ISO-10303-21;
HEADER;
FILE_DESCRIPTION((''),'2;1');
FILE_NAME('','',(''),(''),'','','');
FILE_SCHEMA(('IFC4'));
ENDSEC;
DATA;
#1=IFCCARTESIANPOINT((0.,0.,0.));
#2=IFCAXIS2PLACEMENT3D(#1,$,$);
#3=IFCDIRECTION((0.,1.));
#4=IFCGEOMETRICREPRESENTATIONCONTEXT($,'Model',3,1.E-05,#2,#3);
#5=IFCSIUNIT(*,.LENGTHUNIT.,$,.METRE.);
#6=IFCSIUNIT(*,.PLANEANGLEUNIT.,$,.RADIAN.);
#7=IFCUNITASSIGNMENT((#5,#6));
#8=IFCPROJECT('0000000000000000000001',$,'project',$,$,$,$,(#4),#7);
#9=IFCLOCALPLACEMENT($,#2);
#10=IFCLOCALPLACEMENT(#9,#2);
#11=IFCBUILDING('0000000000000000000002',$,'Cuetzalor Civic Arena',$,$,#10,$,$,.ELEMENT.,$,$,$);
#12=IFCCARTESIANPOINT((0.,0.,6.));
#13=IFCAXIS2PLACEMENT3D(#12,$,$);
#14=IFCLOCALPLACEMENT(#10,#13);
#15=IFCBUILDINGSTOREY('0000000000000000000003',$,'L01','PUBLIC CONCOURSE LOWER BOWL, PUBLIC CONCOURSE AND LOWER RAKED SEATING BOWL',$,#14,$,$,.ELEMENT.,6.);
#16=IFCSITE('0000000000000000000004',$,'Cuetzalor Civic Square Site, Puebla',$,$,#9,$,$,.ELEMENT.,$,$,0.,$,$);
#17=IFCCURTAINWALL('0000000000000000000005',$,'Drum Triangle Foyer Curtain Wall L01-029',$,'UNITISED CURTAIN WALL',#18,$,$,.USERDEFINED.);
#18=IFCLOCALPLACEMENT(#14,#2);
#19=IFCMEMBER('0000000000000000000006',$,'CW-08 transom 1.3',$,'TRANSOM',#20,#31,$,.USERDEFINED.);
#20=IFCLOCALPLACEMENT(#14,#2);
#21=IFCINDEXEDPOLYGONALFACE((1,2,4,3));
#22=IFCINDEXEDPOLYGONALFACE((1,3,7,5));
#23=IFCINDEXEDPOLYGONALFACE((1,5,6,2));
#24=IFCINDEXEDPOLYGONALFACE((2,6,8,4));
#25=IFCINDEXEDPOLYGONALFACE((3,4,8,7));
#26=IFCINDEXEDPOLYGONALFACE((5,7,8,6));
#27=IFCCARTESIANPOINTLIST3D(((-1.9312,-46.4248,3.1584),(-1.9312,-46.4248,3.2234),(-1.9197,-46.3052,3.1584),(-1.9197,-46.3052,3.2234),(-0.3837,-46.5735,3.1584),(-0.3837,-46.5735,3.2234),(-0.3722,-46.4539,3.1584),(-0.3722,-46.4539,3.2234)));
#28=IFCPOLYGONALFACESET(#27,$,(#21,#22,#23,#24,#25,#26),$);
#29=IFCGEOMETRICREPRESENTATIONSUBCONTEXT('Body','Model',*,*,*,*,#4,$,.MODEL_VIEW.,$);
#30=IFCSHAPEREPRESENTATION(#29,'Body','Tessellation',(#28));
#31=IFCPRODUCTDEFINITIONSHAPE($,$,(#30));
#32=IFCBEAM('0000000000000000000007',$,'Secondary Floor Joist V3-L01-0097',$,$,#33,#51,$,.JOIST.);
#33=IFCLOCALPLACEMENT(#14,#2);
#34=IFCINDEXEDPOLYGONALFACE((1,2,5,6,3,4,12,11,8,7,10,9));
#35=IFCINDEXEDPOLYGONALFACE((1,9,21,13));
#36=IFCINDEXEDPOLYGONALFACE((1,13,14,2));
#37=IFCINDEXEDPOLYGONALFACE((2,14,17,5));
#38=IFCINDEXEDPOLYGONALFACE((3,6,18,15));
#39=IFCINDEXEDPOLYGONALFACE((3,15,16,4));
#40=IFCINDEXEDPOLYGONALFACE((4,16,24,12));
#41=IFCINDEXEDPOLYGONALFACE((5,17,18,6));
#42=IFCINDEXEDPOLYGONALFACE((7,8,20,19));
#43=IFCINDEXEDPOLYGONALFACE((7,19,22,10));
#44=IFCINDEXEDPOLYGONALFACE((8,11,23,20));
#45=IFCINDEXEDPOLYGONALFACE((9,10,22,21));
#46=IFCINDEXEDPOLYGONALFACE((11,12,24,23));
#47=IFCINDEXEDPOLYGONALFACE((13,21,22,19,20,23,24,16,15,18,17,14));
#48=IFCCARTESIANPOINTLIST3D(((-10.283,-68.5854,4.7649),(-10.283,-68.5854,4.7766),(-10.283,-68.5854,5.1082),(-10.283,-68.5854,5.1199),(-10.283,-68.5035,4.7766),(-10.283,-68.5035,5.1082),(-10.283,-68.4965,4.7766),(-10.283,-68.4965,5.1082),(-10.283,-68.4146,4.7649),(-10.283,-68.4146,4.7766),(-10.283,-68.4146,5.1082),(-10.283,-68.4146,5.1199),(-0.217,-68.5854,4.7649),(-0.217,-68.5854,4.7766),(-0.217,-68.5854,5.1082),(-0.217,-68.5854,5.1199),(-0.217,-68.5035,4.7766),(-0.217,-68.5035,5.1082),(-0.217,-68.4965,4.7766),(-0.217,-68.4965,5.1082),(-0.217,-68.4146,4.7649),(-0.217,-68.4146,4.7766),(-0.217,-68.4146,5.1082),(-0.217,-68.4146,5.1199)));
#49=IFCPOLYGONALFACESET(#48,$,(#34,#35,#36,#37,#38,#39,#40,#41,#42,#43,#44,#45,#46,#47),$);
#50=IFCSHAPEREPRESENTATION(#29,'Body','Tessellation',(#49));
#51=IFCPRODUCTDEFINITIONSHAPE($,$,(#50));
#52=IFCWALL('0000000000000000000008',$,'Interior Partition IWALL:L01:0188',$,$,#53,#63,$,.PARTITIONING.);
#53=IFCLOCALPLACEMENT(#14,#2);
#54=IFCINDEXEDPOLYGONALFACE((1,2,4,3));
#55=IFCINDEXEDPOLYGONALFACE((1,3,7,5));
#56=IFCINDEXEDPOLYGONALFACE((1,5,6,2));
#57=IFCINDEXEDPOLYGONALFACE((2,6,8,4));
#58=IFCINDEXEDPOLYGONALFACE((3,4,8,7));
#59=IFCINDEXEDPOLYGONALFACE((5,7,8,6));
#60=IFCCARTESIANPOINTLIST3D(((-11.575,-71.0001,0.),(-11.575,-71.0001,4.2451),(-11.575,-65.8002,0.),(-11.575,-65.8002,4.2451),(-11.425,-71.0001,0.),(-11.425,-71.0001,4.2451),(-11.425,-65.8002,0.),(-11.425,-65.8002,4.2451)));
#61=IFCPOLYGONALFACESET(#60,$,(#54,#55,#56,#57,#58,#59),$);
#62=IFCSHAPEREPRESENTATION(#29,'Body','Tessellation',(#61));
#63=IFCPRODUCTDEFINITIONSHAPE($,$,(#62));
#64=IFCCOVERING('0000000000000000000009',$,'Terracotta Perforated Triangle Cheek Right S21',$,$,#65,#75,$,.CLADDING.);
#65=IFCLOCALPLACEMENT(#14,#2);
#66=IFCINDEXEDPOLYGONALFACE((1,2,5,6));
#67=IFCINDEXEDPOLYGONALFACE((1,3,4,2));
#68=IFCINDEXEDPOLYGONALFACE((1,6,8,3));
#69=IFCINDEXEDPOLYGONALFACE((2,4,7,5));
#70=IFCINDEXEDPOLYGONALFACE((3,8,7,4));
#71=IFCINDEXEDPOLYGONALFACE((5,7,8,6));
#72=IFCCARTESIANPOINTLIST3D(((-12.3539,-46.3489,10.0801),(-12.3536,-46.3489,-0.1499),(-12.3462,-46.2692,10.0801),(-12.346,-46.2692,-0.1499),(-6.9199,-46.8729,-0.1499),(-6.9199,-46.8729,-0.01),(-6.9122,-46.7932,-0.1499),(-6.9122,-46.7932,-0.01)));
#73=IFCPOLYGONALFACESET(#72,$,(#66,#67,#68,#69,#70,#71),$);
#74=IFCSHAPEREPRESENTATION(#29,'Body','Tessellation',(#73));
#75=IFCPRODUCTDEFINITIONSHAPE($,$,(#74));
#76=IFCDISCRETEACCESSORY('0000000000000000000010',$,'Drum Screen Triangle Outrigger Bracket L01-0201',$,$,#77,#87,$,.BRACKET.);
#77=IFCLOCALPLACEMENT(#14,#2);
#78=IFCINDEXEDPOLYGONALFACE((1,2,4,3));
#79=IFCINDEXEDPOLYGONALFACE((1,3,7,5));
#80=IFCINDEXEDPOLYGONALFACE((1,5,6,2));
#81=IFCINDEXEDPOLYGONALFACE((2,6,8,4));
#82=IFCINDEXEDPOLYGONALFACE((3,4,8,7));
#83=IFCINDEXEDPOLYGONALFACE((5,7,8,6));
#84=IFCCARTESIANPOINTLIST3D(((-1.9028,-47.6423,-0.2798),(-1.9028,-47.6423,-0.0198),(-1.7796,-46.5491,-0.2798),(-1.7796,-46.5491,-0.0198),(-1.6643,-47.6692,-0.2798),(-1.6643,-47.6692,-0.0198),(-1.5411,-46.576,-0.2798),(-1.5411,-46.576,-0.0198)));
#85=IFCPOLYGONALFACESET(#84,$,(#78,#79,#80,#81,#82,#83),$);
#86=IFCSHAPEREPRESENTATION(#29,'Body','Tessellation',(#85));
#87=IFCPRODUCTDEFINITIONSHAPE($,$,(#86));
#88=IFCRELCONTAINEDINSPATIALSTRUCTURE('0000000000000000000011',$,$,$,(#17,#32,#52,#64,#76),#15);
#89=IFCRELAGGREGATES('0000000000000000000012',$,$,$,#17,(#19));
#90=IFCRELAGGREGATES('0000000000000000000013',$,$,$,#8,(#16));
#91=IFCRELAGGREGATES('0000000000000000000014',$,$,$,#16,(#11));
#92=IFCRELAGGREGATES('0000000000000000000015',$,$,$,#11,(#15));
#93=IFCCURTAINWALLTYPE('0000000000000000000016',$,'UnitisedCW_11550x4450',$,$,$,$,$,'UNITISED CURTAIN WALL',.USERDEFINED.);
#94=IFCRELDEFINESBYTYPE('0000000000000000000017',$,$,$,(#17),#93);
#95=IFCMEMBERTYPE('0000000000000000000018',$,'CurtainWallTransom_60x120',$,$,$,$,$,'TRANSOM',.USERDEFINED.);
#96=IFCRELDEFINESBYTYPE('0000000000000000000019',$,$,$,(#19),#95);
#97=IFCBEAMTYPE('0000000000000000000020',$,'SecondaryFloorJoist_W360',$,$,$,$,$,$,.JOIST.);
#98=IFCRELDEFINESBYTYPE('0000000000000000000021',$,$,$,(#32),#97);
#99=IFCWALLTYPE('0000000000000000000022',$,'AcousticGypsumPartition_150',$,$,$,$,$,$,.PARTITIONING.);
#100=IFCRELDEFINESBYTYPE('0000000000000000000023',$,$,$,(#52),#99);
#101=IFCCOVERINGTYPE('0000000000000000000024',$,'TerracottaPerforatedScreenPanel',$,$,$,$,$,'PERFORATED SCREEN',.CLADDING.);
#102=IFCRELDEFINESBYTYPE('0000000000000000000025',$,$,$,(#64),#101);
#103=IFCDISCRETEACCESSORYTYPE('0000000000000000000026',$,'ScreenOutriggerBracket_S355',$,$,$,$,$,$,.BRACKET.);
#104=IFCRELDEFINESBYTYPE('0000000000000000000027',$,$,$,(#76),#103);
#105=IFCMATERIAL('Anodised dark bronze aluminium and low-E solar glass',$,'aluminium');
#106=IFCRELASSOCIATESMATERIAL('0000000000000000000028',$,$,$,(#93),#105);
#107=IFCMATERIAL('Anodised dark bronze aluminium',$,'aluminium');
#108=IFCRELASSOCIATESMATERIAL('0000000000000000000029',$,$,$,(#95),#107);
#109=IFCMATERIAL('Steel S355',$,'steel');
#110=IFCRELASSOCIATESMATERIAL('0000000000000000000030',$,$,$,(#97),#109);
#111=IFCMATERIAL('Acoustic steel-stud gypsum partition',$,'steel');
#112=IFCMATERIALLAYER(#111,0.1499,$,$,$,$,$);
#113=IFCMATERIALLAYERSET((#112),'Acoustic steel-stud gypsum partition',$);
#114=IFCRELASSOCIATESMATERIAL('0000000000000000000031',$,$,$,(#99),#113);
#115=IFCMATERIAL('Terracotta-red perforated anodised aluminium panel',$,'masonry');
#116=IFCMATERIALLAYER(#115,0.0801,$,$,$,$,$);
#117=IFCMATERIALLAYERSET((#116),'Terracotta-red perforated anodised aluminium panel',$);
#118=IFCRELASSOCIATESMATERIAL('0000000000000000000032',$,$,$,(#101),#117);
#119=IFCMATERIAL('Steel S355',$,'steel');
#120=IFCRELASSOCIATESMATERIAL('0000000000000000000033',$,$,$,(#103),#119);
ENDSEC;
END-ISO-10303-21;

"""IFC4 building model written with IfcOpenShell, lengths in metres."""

from ifc_helpers import new_model, si_unit, direction, frame, frame_2d, origin, origin_2d, place, context, subcontext, project, spatial, polyline, rectangle, i_section, outline, extrude, material, layer, layer_set, material_profile, profile_set, type_object, element, aggregate, save


model = new_model("IFC4")

# Units and contexts
model_context = context("Model", 3, precision=1e-05, world=origin(), true_north=direction((0.0, 1.0)))
body_context = subcontext(model_context, "Body", "Model", "MODEL_VIEW")
ifc_project = project(units=[si_unit("LENGTHUNIT", "METRE"), si_unit("PLANEANGLEUNIT", "RADIAN")], contexts=[model_context])

# Site, building, storey
site_placement = place(None, origin())
site = spatial("IfcSite", under=ifc_project, at=site_placement, Name="Cuetzalor Civic Square Site, Puebla", CompositionType="ELEMENT", RefElevation=0.0)
building_placement = place(site_placement, origin())
building = spatial("IfcBuilding", under=site, at=building_placement, Name="Cuetzalor Civic Arena", CompositionType="ELEMENT")
storey_placement = place(building_placement, frame((0.0, 0.0, 6.0)))
storey = spatial("IfcBuildingStorey", under=building, at=storey_placement, Name="L01", Description="PUBLIC CONCOURSE LOWER BOWL, PUBLIC CONCOURSE AND LOWER RAKED SEATING BOWL", CompositionType="ELEMENT", Elevation=6.0)

# Curtain wall
ifc_material_1 = material(Name="Anodised dark bronze aluminium and low-E solar glass", Category="aluminium")
curtain_wall_type_1 = type_object("IfcCurtainWallType", Name="UnitisedCW_11550x4450", ElementType="UNITISED CURTAIN WALL", PredefinedType="USERDEFINED", material=ifc_material_1)
curtain_wall_1_placement = place(storey_placement, origin())
curtain_wall_1 = element("IfcCurtainWall", 1, at=curtain_wall_1_placement, inside=storey, type_object=curtain_wall_type_1, Name="Drum Triangle Foyer Curtain Wall L01-029", ObjectType="UNITISED CURTAIN WALL", PredefinedType="USERDEFINED")

# Member
ifc_material_2 = material(Name="Anodised dark bronze aluminium", Category="aluminium")
ifc_material_profile_1 = material_profile(ifc_material_2, rectangle(XDim=0.1201, YDim=0.0649, at=origin_2d()), Name="ALU TRANSOM 65x120")
ifc_profile_set_1 = profile_set([ifc_material_profile_1], Name="Anodised dark bronze aluminium")
member_type_1 = type_object("IfcMemberType", Name="CurtainWallTransom_60x120", ElementType="TRANSOM", PredefinedType="USERDEFINED", material=ifc_profile_set_1)
member_1_placement = place(storey_placement, frame((-0.3779, -46.5137, 3.1909), z_axis=(-0.995417, 0.095632, 0.0), x_axis=(-0.095632, -0.995417, 0.0)))
member_1 = element("IfcMember", 2, at=member_1_placement, type_object=member_type_1, Name="CW-08 transom 1.3", ObjectType="TRANSOM", PredefinedType="USERDEFINED", context=body_context, shape_type="SweptSolid", body=[
    extrude(rectangle(XDim=0.1201, YDim=0.0649, at=origin_2d()), origin(), (0.0, 0.0, 1.0), 1.5547),
])
aggregate(curtain_wall_1, [member_1])

# Beam
ifc_material_3 = material(Name="Steel S355", Category="steel")
ifc_material_profile_2 = material_profile(ifc_material_3, i_section(OverallWidth=0.1709, OverallDepth=0.355, WebThickness=0.0071, FlangeThickness=0.0117, at=origin_2d()), Name="W360x51")
ifc_profile_set_2 = profile_set([ifc_material_profile_2], Name="Steel S355")
beam_type_1 = type_object("IfcBeamType", Name="SecondaryFloorJoist_W360", PredefinedType="JOIST", material=ifc_profile_set_2)
beam_1_placement = place(storey_placement, frame((-10.283, -68.5, 4.9424), z_axis=(1.0, 0.0, 0.0), x_axis=(0.0, 1.0, 0.0)))
element("IfcBeam", 3, at=beam_1_placement, inside=storey, type_object=beam_type_1, Name="Secondary Floor Joist V3-L01-0097", PredefinedType="JOIST", context=body_context, shape_type="SweptSolid", body=[
    extrude(i_section(OverallWidth=0.1709, OverallDepth=0.355, WebThickness=0.0071, FlangeThickness=0.0117, at=origin_2d()), origin(), (0.0, 0.0, 1.0), 10.0659),
])

# Wall
ifc_material_4 = material(Name="Acoustic steel-stud gypsum partition", Category="steel")
ifc_layer_1 = layer(ifc_material_4, 0.1499)
ifc_layer_set_1 = layer_set([ifc_layer_1], Name="Acoustic steel-stud gypsum partition")
wall_type = type_object("IfcWallType", Name="AcousticGypsumPartition_150", PredefinedType="PARTITIONING", material=ifc_layer_set_1)
wall_placement = place(storey_placement, frame((-11.5, -65.8, 0.0), z_axis=(0.0, 0.0, 1.0), x_axis=(0.0, -1.0, 0.0)))
element("IfcWall", 4, at=wall_placement, inside=storey, type_object=wall_type, Name="Interior Partition IWALL:L01:0188", PredefinedType="PARTITIONING", context=body_context, shape_type="SweptSolid", body=[
    extrude(rectangle(XDim=5.2, YDim=0.1499, at=frame_2d((2.6001, 0.0))), origin(), (0.0, 0.0, 1.0), 4.2451),
])

# Covering
ifc_material_5 = material(Name="Terracotta-red perforated anodised aluminium panel", Category="masonry")
ifc_layer_2 = layer(ifc_material_5, 0.0801)
ifc_layer_set_2 = layer_set([ifc_layer_2], Name="Terracotta-red perforated anodised aluminium panel")
covering_type = type_object("IfcCoveringType", Name="TerracottaPerforatedScreenPanel", ElementType="PERFORATED SCREEN", PredefinedType="CLADDING", material=ifc_layer_set_2)
covering_placement = place(storey_placement, frame((-6.916, -46.833, -0.1499), z_axis=(0.0, 0.0, 1.0), x_axis=(-0.995384, 0.095974, 0.0)))
element("IfcCovering", 5, at=covering_placement, inside=storey, type_object=covering_type, Name="Terracotta Perforated Triangle Cheek Right S21", PredefinedType="CLADDING", context=body_context, shape_type="SweptSolid", body=[
    extrude(outline(polyline([(0.0, 0.0), (5.459, 0.0), (5.4592, 10.23), (0.0, 0.1399), (0.0, 0.0)])), frame((0.0, 0.04, 0.0), z_axis=(0.0, -1.0, 0.0), x_axis=(1.0, 0.0, 0.0)), (0.0, 0.0, 1.0), 0.0801),
])

# Discrete accessory
ifc_material_6 = material(Name="Steel S355", Category="steel")
discrete_accessory_type = type_object("IfcDiscreteAccessoryType", Name="ScreenOutriggerBracket_S355", PredefinedType="BRACKET", material=ifc_material_6)
discrete_accessory_placement = place(storey_placement, frame((-1.7219, -47.1091, -0.2798), z_axis=(0.0, 0.0, 1.0), x_axis=(-0.111989, -0.993709, 0.0)))
element("IfcDiscreteAccessory", 6, at=discrete_accessory_placement, inside=storey, type_object=discrete_accessory_type, Name="Drum Screen Triangle Outrigger Bracket L01-0201", PredefinedType="BRACKET", context=body_context, shape_type="SweptSolid", body=[
    extrude(rectangle(XDim=1.1001, YDim=0.24, at=origin_2d()), origin(), (0.0, 0.0, 1.0), 0.26),
])

save(model, "model.ifc")
